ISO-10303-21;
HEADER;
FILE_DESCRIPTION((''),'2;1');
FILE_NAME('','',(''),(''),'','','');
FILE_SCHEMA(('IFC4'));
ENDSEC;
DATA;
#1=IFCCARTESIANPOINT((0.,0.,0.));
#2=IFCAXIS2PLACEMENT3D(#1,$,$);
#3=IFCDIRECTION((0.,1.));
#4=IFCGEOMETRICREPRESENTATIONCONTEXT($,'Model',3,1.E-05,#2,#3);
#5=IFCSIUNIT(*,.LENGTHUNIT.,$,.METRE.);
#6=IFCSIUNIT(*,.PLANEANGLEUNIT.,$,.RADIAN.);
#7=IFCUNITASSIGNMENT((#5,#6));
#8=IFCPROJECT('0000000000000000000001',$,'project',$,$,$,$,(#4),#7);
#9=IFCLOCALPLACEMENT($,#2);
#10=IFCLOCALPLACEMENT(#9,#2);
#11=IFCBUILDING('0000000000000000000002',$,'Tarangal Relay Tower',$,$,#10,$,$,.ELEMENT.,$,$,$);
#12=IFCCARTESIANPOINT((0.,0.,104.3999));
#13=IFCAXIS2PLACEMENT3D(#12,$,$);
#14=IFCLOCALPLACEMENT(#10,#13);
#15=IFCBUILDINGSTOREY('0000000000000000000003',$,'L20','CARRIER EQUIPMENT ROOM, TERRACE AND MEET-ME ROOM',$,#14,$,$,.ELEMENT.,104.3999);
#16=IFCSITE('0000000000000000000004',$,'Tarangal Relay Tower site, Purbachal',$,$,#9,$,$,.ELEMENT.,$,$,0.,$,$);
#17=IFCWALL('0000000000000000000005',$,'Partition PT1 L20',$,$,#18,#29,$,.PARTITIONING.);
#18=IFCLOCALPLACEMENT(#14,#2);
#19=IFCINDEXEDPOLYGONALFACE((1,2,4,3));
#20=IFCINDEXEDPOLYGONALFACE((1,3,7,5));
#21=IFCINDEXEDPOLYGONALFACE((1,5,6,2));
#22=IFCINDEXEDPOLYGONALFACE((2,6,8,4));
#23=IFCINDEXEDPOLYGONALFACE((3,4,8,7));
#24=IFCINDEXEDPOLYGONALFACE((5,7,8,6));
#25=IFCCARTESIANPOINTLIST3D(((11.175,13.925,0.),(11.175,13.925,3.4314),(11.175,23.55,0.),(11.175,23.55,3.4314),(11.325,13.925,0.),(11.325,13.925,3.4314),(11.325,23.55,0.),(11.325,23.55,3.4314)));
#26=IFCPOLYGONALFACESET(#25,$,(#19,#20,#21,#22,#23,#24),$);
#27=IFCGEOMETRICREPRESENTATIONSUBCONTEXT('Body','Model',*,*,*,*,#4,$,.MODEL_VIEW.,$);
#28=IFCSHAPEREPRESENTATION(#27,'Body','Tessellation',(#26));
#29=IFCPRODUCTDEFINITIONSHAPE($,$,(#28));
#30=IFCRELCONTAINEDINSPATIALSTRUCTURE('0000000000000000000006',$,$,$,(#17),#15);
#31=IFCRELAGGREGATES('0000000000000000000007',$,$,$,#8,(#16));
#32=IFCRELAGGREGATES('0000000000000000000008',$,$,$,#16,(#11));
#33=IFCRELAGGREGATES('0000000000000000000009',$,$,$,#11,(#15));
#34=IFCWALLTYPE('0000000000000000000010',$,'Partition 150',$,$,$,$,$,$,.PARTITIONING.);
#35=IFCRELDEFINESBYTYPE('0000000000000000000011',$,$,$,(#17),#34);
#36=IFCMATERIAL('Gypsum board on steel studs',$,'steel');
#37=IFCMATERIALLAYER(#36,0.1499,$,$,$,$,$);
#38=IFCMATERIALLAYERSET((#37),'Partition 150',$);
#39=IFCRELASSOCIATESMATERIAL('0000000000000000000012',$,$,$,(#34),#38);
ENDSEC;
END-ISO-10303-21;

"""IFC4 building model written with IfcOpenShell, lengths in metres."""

from ifc_helpers import new_model, si_unit, direction, frame, frame_2d, origin, place, context, subcontext, project, spatial, rectangle, extrude, material, layer, layer_set, type_object, element, save


model = new_model("IFC4")

# Units and contexts
model_context = context("Model", 3, precision=1e-05, world=origin(), true_north=direction((0.0, 1.0)))
body_context = subcontext(model_context, "Body", "Model", "MODEL_VIEW")
ifc_project = project(units=[si_unit("LENGTHUNIT", "METRE"), si_unit("PLANEANGLEUNIT", "RADIAN")], contexts=[model_context])

# Site, building, storey
site_placement = place(None, origin())
site = spatial("IfcSite", under=ifc_project, at=site_placement, Name="Tarangal Relay Tower site, Purbachal", CompositionType="ELEMENT", RefElevation=0.0)
building_placement = place(site_placement, origin())
building = spatial("IfcBuilding", under=site, at=building_placement, Name="Tarangal Relay Tower", CompositionType="ELEMENT")
storey_placement = place(building_placement, frame((0.0, 0.0, 104.3999)))
storey = spatial("IfcBuildingStorey", under=building, at=storey_placement, Name="L20", Description="CARRIER EQUIPMENT ROOM, TERRACE AND MEET-ME ROOM", CompositionType="ELEMENT", Elevation=104.3999)

# Wall
ifc_material_1 = material(Name="Gypsum board on steel studs", Category="steel")
ifc_layer_1 = layer(ifc_material_1, 0.1499)
ifc_layer_set_1 = layer_set([ifc_layer_1], Name="Partition 150")
wall_type_1 = type_object("IfcWallType", Name="Partition 150", PredefinedType="PARTITIONING", material=ifc_layer_set_1)
wall_1_placement = place(storey_placement, frame((11.25, 13.925, 0.0), z_axis=(0.0, 0.0, 1.0), x_axis=(0.0, 1.0, 0.0)))
element("IfcWall", 1, at=wall_1_placement, inside=storey, type_object=wall_type_1, Name="Partition PT1 L20", PredefinedType="PARTITIONING", context=body_context, shape_type="SweptSolid", body=[
    extrude(rectangle(XDim=9.625, YDim=0.1499, at=frame_2d((4.8125, 0.0))), origin(), (0.0, 0.0, 1.0), 3.4314),
])

save(model, "model.ifc")
